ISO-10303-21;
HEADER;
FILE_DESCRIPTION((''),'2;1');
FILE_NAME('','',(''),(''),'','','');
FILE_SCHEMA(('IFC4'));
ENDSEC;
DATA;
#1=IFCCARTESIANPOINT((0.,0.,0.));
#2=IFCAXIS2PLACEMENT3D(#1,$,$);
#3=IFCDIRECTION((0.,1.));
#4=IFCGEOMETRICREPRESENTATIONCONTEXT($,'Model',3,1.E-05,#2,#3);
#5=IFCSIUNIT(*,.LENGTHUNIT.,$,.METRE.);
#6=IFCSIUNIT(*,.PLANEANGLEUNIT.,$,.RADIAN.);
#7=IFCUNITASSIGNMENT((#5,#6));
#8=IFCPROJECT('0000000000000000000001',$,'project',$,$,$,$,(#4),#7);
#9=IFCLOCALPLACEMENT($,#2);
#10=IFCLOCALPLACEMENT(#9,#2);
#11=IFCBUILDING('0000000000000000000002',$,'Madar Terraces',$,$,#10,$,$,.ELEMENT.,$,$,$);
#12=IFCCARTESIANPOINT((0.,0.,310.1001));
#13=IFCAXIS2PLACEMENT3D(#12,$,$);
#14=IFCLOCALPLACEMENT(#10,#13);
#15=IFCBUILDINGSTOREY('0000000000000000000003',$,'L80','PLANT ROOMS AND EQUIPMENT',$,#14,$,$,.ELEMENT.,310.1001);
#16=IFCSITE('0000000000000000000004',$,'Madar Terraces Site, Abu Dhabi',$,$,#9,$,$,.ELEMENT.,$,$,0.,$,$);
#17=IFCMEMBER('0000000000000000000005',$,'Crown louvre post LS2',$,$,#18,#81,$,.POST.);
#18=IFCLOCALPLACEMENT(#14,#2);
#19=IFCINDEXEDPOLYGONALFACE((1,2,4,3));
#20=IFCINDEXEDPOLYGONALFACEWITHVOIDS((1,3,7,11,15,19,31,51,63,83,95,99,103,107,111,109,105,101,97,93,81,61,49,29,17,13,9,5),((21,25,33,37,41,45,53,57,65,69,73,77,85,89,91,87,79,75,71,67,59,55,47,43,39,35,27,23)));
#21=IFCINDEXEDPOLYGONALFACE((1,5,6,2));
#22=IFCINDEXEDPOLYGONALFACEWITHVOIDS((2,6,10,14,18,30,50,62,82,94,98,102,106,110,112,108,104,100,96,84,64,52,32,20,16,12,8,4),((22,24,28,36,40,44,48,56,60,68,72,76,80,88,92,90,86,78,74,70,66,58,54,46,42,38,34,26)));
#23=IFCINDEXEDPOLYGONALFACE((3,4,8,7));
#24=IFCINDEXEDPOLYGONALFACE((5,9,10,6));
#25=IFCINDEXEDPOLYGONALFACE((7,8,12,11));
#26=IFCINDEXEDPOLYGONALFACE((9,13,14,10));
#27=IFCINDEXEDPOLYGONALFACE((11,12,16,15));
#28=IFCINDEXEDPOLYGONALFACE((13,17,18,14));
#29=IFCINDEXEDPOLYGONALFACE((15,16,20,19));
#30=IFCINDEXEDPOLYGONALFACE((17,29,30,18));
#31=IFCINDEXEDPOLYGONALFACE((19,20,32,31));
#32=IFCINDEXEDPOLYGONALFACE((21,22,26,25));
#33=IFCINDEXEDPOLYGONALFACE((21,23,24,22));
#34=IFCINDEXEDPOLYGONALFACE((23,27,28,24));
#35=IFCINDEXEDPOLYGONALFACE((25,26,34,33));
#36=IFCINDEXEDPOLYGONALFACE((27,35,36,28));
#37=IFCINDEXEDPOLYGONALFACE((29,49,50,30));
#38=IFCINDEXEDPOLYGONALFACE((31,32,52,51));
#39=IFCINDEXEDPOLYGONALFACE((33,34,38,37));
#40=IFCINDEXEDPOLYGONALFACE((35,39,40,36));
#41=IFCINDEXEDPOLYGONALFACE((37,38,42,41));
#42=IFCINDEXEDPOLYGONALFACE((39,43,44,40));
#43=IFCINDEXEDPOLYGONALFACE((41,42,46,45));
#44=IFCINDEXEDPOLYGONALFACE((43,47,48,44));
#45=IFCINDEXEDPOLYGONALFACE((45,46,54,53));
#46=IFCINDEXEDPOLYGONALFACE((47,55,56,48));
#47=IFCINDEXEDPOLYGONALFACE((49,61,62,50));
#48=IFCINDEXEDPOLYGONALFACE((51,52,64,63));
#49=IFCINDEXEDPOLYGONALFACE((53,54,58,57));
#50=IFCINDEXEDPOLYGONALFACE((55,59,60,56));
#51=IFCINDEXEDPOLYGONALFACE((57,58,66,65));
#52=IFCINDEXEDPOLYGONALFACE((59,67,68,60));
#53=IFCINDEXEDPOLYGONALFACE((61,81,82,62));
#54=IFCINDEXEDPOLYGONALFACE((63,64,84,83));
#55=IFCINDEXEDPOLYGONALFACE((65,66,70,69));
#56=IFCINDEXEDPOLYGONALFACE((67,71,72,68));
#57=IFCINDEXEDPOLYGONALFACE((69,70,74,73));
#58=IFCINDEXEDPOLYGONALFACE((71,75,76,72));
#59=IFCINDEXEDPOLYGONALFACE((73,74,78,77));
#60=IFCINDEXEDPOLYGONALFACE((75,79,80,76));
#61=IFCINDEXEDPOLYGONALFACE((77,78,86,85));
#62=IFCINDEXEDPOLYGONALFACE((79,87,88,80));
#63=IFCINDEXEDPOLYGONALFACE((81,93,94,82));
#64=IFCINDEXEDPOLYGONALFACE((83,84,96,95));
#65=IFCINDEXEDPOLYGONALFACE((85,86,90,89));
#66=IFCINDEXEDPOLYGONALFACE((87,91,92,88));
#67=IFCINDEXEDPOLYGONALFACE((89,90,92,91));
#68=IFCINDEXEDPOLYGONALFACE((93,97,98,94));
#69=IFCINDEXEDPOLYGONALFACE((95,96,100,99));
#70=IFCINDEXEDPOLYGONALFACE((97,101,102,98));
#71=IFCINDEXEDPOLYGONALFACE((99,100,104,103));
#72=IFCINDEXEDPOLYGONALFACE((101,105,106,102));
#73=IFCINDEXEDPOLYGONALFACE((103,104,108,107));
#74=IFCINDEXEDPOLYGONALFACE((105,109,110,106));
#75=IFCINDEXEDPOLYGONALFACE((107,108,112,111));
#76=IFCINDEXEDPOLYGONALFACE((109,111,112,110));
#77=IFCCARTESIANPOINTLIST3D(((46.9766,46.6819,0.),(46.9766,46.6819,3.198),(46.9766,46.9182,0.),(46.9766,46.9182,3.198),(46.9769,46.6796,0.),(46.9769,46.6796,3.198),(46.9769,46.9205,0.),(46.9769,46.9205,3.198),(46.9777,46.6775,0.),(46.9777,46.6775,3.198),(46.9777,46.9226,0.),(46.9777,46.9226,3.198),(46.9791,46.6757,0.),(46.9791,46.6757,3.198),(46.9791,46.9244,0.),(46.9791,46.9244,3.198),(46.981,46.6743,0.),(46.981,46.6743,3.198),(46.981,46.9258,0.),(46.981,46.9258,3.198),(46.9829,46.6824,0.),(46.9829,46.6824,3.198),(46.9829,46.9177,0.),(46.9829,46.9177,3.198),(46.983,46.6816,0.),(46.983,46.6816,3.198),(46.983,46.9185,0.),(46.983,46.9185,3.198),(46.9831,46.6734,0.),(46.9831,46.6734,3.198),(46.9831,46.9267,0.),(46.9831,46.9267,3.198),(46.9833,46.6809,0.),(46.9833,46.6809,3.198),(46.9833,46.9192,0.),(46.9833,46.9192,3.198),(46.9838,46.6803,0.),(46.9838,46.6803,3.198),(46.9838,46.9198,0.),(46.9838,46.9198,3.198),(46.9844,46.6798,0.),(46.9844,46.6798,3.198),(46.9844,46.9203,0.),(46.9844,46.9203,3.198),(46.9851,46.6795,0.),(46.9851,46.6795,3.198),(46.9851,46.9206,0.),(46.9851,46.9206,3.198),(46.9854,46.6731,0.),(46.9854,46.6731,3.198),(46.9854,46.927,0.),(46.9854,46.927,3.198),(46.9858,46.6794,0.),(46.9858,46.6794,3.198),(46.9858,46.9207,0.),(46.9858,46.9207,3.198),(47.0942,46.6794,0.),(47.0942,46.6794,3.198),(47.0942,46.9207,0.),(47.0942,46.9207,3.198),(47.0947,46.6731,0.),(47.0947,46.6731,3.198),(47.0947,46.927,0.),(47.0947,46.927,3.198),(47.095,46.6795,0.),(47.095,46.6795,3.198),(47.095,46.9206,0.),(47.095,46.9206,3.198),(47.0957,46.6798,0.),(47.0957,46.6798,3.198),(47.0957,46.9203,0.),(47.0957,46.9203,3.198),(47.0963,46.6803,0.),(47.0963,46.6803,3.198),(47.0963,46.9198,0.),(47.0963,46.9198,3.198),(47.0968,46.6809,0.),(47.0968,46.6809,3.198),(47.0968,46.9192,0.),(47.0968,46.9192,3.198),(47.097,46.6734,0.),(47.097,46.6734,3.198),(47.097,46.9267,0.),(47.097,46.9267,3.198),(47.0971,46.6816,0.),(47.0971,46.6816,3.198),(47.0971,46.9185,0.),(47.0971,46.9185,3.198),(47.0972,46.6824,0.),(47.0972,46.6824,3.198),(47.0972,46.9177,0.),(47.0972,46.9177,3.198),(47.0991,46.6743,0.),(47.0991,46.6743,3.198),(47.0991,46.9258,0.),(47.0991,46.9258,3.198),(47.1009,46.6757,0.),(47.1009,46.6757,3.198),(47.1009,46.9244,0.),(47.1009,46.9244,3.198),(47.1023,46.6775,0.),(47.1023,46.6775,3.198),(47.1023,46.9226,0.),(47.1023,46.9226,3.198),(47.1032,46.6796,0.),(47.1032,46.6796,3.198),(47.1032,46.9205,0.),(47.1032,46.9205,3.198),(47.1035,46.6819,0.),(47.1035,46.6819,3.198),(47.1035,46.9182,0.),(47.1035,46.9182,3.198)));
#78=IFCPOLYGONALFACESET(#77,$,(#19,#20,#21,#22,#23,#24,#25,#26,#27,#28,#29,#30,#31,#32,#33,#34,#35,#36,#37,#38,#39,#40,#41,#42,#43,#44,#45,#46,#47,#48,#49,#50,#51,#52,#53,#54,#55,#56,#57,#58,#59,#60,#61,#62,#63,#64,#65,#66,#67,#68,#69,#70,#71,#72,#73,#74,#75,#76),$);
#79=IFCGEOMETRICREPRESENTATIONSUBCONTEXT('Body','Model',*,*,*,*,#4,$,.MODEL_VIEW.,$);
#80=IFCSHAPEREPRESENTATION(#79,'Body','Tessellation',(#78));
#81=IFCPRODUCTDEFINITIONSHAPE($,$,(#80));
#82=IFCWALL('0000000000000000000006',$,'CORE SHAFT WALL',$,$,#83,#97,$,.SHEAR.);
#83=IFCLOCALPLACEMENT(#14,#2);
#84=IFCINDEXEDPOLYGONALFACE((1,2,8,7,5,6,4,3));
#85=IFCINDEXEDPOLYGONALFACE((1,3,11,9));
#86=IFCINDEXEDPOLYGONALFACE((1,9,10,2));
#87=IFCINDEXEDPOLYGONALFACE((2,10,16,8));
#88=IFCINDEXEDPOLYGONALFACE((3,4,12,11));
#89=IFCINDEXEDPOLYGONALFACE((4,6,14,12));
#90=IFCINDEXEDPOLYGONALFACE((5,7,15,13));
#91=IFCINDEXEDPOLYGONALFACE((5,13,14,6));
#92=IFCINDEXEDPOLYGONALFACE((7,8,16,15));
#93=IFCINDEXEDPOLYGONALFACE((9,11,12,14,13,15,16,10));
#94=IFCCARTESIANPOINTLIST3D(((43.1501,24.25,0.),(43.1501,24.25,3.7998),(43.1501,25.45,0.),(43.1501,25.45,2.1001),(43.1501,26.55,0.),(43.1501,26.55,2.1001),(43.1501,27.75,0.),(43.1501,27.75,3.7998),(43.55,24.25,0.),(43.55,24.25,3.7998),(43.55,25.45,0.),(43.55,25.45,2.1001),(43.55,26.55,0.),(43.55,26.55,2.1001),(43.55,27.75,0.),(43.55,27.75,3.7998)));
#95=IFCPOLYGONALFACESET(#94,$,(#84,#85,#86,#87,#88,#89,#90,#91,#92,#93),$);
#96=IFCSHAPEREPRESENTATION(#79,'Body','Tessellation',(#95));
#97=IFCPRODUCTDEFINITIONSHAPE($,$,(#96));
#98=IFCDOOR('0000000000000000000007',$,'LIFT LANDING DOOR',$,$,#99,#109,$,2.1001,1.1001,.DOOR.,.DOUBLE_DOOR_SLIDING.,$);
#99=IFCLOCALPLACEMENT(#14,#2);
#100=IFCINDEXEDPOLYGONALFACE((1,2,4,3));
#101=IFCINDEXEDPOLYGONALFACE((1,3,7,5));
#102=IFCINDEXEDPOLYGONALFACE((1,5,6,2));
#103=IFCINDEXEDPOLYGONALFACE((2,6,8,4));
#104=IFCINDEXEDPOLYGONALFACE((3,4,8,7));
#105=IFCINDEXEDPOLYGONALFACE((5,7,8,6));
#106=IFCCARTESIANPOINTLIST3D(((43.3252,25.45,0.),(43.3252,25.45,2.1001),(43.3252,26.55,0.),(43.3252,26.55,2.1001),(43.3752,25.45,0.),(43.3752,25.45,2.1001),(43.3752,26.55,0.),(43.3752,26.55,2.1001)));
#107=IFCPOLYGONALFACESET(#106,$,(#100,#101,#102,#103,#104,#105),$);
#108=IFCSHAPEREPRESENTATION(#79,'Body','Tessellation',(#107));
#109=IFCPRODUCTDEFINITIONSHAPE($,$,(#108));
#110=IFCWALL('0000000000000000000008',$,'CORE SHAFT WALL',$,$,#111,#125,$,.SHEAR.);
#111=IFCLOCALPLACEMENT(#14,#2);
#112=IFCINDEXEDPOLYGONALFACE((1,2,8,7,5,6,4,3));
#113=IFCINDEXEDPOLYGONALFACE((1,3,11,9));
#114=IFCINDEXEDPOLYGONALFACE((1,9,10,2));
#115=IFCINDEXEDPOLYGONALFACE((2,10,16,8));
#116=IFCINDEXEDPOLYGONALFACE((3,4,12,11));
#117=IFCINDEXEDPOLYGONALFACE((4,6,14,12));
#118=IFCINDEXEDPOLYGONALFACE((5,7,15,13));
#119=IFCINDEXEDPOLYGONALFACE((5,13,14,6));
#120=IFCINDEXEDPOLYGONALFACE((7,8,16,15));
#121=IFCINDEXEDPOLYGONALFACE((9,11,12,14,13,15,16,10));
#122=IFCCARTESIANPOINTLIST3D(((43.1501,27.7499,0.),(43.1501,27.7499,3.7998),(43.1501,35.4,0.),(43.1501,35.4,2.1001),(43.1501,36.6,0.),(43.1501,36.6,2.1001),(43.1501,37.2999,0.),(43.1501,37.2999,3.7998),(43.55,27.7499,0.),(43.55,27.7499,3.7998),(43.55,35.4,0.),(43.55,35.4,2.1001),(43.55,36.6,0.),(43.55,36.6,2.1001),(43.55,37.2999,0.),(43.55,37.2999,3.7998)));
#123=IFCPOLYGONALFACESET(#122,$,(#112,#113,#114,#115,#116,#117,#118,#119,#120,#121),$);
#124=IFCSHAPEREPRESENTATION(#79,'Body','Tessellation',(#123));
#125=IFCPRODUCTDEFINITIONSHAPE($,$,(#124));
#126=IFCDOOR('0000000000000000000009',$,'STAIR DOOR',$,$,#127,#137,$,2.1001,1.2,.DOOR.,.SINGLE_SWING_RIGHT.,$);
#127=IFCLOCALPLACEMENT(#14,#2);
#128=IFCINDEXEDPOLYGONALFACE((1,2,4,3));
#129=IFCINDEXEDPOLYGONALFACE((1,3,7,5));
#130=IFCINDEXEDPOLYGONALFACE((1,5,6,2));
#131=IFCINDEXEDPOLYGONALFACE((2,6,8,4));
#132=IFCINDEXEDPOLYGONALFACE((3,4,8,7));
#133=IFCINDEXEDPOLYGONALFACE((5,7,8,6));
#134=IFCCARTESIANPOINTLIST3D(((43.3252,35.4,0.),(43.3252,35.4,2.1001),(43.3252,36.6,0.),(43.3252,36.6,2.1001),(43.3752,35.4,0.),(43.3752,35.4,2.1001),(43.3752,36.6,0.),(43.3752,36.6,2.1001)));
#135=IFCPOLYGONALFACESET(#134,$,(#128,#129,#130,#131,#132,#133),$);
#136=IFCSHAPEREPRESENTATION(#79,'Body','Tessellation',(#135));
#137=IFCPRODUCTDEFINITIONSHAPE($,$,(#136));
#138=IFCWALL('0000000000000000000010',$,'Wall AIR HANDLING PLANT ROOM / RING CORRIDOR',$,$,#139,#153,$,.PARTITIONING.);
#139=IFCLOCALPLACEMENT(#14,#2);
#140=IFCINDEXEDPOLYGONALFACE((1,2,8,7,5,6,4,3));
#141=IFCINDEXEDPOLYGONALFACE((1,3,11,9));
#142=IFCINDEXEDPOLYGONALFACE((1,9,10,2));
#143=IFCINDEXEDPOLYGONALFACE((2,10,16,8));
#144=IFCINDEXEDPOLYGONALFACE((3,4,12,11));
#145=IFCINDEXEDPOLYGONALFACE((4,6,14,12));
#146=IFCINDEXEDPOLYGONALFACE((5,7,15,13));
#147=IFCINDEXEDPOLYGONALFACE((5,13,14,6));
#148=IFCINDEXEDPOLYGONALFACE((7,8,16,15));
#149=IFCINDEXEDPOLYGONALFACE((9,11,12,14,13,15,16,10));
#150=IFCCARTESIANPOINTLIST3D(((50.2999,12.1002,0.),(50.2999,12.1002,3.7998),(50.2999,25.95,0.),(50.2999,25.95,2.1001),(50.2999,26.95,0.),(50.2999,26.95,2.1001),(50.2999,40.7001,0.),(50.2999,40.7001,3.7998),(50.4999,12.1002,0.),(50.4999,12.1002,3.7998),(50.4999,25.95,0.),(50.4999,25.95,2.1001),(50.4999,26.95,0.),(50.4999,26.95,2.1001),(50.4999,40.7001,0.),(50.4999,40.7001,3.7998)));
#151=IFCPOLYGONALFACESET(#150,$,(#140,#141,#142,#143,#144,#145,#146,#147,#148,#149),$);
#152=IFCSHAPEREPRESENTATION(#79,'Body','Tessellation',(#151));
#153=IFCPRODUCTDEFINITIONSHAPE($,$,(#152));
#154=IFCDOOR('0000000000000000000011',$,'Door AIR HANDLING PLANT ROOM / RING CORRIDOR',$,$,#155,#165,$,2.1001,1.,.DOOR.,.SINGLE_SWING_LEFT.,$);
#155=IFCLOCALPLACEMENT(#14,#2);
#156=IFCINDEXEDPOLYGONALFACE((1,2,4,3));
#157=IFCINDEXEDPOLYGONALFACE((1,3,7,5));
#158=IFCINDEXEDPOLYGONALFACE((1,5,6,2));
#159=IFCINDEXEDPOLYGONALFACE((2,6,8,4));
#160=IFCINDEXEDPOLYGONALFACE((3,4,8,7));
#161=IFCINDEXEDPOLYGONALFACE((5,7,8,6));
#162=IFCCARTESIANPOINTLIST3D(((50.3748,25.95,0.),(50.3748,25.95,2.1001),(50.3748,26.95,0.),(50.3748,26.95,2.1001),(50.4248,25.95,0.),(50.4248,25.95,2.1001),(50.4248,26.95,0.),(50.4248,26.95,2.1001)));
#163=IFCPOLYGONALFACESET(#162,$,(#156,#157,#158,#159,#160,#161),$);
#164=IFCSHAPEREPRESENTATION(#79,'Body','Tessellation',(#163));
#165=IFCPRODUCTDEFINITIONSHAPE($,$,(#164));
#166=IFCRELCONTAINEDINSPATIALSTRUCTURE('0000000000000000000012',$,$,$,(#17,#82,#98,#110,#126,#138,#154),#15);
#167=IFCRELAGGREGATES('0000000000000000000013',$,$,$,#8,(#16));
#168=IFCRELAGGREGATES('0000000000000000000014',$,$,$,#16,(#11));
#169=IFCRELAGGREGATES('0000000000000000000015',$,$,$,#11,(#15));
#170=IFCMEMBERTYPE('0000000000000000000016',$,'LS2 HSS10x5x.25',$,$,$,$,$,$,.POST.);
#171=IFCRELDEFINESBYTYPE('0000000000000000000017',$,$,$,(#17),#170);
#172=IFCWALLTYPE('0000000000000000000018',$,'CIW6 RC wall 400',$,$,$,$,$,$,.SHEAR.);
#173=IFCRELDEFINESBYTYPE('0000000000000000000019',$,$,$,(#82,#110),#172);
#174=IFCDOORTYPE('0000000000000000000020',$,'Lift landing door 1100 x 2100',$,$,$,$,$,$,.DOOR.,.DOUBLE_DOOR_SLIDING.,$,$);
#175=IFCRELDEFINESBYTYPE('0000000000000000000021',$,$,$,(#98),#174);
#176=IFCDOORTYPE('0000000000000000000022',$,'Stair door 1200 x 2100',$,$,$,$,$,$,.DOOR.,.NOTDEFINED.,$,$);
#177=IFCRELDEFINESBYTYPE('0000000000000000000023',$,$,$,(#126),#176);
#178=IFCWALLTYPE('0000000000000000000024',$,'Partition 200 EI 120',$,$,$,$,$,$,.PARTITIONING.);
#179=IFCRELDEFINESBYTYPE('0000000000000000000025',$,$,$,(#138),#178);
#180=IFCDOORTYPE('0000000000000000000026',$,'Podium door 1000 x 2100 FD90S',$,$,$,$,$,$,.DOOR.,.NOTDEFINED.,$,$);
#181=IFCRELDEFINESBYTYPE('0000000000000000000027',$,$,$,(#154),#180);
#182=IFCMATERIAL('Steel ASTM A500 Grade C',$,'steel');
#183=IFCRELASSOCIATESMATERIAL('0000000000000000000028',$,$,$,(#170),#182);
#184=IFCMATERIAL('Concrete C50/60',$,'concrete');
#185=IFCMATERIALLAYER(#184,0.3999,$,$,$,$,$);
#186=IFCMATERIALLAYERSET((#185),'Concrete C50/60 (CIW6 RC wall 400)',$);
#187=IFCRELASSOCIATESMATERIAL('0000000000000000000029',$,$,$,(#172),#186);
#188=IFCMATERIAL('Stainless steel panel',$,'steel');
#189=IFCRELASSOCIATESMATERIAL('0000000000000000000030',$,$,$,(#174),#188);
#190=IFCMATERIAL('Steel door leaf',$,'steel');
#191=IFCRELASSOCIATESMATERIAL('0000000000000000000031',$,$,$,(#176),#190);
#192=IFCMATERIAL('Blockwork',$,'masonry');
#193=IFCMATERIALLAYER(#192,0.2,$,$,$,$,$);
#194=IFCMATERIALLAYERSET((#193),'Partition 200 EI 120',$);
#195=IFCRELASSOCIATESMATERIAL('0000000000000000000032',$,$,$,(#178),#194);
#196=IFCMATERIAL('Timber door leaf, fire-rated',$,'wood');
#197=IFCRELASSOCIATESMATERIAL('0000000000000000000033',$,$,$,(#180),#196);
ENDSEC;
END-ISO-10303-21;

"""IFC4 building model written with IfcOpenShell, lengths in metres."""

from ifc_helpers import new_model, si_unit, direction, frame, frame_2d, origin, origin_2d, place, context, subcontext, project, spatial, rectangle, hollow_rectangle, extrude, material, layer, layer_set, material_profile, profile_set, type_object, element, fill, save


model = new_model("IFC4")

# Units and contexts
model_context = context("Model", 3, precision=1e-05, world=origin(), true_north=direction((0.0, 1.0)))
body_context = subcontext(model_context, "Body", "Model", "MODEL_VIEW")
ifc_project = project(units=[si_unit("LENGTHUNIT", "METRE"), si_unit("PLANEANGLEUNIT", "RADIAN")], contexts=[model_context])

# Site, building, storey
site_placement = place(None, origin())
site = spatial("IfcSite", under=ifc_project, at=site_placement, Name="Madar Terraces Site, Abu Dhabi", CompositionType="ELEMENT", RefElevation=0.0)
building_placement = place(site_placement, origin())
building = spatial("IfcBuilding", under=site, at=building_placement, Name="Madar Terraces", CompositionType="ELEMENT")
storey_placement = place(building_placement, frame((0.0, 0.0, 310.1001)))
storey = spatial("IfcBuildingStorey", under=building, at=storey_placement, Name="L80", Description="PLANT ROOMS AND EQUIPMENT", CompositionType="ELEMENT", Elevation=310.1001)

# Member
ifc_material_1 = material(Name="Steel ASTM A500 Grade C", Category="steel")
ifc_material_profile_1 = material_profile(ifc_material_1, hollow_rectangle(XDim=0.127, YDim=0.2539, WallThickness=0.0063, InnerFilletRadius=0.0029, OuterFilletRadius=0.0088, at=origin_2d()), Name="HSS10x5x.25")
ifc_profile_set_1 = profile_set([ifc_material_profile_1], Name="Steel ASTM A500 Grade C")
member_type = type_object("IfcMemberType", Name="LS2 HSS10x5x.25", PredefinedType="POST", material=ifc_profile_set_1)
for number, where, z_axis, x_axis, name in (
    (1, (47.04, 46.8, 0.0), (0.0, 0.0, 1.0), (-1.0, 0.0, 0.0), "Crown louvre post LS2"),
):
    element("IfcMember", number, at=place(storey_placement, frame(where, z_axis=z_axis, x_axis=x_axis)), inside=storey, type_object=member_type, Name=name, PredefinedType="POST", context=body_context, shape_type="SweptSolid", body=[
        extrude(hollow_rectangle(XDim=0.127, YDim=0.2539, WallThickness=0.0063, InnerFilletRadius=0.0029, OuterFilletRadius=0.0088, at=origin_2d()), origin(), (0.0, 0.0, 1.0), 3.198),
    ])

# Walls, openings, doors
ifc_material_2 = material(Name="Concrete C50/60", Category="concrete")
ifc_layer_1 = layer(ifc_material_2, 0.3999)
ifc_layer_set_1 = layer_set([ifc_layer_1], Name="Concrete C50/60 (CIW6 RC wall 400)")
wall_type_1 = type_object("IfcWallType", Name="CIW6 RC wall 400", PredefinedType="SHEAR", material=ifc_layer_set_1)
wall_1_placement = place(storey_placement, frame((43.3501, 24.25, 0.0), z_axis=(0.0, 0.0, 1.0), x_axis=(0.0, 1.0, 0.0)))
wall_1 = element("IfcWall", 2, at=wall_1_placement, inside=storey, type_object=wall_type_1, Name="CORE SHAFT WALL", PredefinedType="SHEAR", context=body_context, shape_type="SweptSolid", body=[
    extrude(rectangle(XDim=3.5, YDim=0.3999, at=frame_2d((1.75, 0.0))), origin(), (0.0, 0.0, 1.0), 3.7998),
])
opening_1_placement = place(wall_1_placement, frame((1.2, 0.0, 0.0)))
opening_1 = element("IfcOpeningElement", 3, at=opening_1_placement, cuts=wall_1, PredefinedType="OPENING", context=body_context, shape_type="SweptSolid", body=[
    extrude(rectangle(XDim=1.1001, YDim=2.1001, at=frame_2d((0.55, 1.05))), frame((0.0, 0.21, 0.0), z_axis=(0.0, -1.0, 0.0), x_axis=(1.0, 0.0, 0.0)), (0.0, 0.0, 1.0), 0.4199),
])
ifc_material_3 = material(Name="Stainless steel panel", Category="steel")
door_type_1 = type_object("IfcDoorType", Name="Lift landing door 1100 x 2100", OperationType="DOUBLE_DOOR_SLIDING", PredefinedType="DOOR", material=ifc_material_3)
door_1_placement = place(opening_1_placement, origin())
door_1 = element("IfcDoor", 4, at=door_1_placement, inside=storey, type_object=door_type_1, Name="LIFT LANDING DOOR", OperationType="DOUBLE_DOOR_SLIDING", OverallHeight=2.1001, OverallWidth=1.1001, PredefinedType="DOOR", context=body_context, shape_type="SweptSolid", body=[
    extrude(rectangle(XDim=1.1001, YDim=2.1001, at=frame_2d((0.55, 1.05))), frame((0.0, 0.0249, 0.0), z_axis=(0.0, -1.0, 0.0), x_axis=(1.0, 0.0, 0.0)), (0.0, 0.0, 1.0), 0.05),
])
fill(opening_1, door_1)
wall_2_placement = place(storey_placement, frame((43.3501, 27.75, 0.0), z_axis=(0.0, 0.0, 1.0), x_axis=(0.0, 1.0, 0.0)))
wall_2 = element("IfcWall", 5, at=wall_2_placement, inside=storey, type_object=wall_type_1, Name="CORE SHAFT WALL", PredefinedType="SHEAR", context=body_context, shape_type="SweptSolid", body=[
    extrude(rectangle(XDim=9.55, YDim=0.3999, at=frame_2d((4.7749, 0.0))), origin(), (0.0, 0.0, 1.0), 3.7998),
])
opening_2_placement = place(wall_2_placement, frame((7.6499, 0.0, 0.0)))
opening_2 = element("IfcOpeningElement", 6, at=opening_2_placement, cuts=wall_2, PredefinedType="OPENING", context=body_context, shape_type="SweptSolid", body=[
    extrude(rectangle(XDim=1.2, YDim=2.1001, at=frame_2d((0.6001, 1.05))), frame((0.0, 0.21, 0.0), z_axis=(0.0, -1.0, 0.0), x_axis=(1.0, 0.0, 0.0)), (0.0, 0.0, 1.0), 0.4199),
])
ifc_material_4 = material(Name="Steel door leaf", Category="steel")
door_type_2 = type_object("IfcDoorType", Name="Stair door 1200 x 2100", OperationType="NOTDEFINED", PredefinedType="DOOR", material=ifc_material_4)
door_2_placement = place(opening_2_placement, origin())
door_2 = element("IfcDoor", 7, at=door_2_placement, inside=storey, type_object=door_type_2, Name="STAIR DOOR", OperationType="SINGLE_SWING_RIGHT", OverallHeight=2.1001, OverallWidth=1.2, PredefinedType="DOOR", context=body_context, shape_type="SweptSolid", body=[
    extrude(rectangle(XDim=1.2, YDim=2.1001, at=frame_2d((0.6001, 1.05))), frame((0.0, 0.0249, 0.0), z_axis=(0.0, -1.0, 0.0), x_axis=(1.0, 0.0, 0.0)), (0.0, 0.0, 1.0), 0.05),
])
fill(opening_2, door_2)
ifc_material_5 = material(Name="Blockwork", Category="masonry")
ifc_layer_2 = layer(ifc_material_5, 0.2)
ifc_layer_set_2 = layer_set([ifc_layer_2], Name="Partition 200 EI 120")
wall_type_2 = type_object("IfcWallType", Name="Partition 200 EI 120", PredefinedType="PARTITIONING", material=ifc_layer_set_2)
wall_3_placement = place(storey_placement, frame((50.3999, 40.7, 0.0), z_axis=(0.0, 0.0, 1.0), x_axis=(0.0, -1.0, 0.0)))
wall_3 = element("IfcWall", 8, at=wall_3_placement, inside=storey, type_object=wall_type_2, Name="Wall AIR HANDLING PLANT ROOM / RING CORRIDOR", PredefinedType="PARTITIONING", context=body_context, shape_type="SweptSolid", body=[
    extrude(rectangle(XDim=28.5999, YDim=0.2, at=frame_2d((14.2998, 0.0))), origin(), (0.0, 0.0, 1.0), 3.7998),
])
opening_3_placement = place(wall_3_placement, frame((13.75, 0.0, 0.0)))
opening_3 = element("IfcOpeningElement", 9, at=opening_3_placement, cuts=wall_3, PredefinedType="OPENING", context=body_context, shape_type="SweptSolid", body=[
    extrude(rectangle(XDim=1.0, YDim=2.1001, at=frame_2d((0.5, 1.05))), frame((0.0, 0.1099, 0.0), z_axis=(0.0, -1.0, 0.0), x_axis=(1.0, 0.0, 0.0)), (0.0, 0.0, 1.0), 0.22),
])
ifc_material_6 = material(Name="Timber door leaf, fire-rated", Category="wood")
door_type_3 = type_object("IfcDoorType", Name="Podium door 1000 x 2100 FD90S", OperationType="NOTDEFINED", PredefinedType="DOOR", material=ifc_material_6)
door_3_placement = place(opening_3_placement, origin())
door_3 = element("IfcDoor", 10, at=door_3_placement, inside=storey, type_object=door_type_3, Name="Door AIR HANDLING PLANT ROOM / RING CORRIDOR", OperationType="SINGLE_SWING_LEFT", OverallHeight=2.1001, OverallWidth=1.0, PredefinedType="DOOR", context=body_context, shape_type="SweptSolid", body=[
    extrude(rectangle(XDim=1.0, YDim=2.1001, at=frame_2d((0.5, 1.05))), frame((0.0, 0.0249, 0.0), z_axis=(0.0, -1.0, 0.0), x_axis=(1.0, 0.0, 0.0)), (0.0, 0.0, 1.0), 0.05),
])
fill(opening_3, door_3)

save(model, "model.ifc")
